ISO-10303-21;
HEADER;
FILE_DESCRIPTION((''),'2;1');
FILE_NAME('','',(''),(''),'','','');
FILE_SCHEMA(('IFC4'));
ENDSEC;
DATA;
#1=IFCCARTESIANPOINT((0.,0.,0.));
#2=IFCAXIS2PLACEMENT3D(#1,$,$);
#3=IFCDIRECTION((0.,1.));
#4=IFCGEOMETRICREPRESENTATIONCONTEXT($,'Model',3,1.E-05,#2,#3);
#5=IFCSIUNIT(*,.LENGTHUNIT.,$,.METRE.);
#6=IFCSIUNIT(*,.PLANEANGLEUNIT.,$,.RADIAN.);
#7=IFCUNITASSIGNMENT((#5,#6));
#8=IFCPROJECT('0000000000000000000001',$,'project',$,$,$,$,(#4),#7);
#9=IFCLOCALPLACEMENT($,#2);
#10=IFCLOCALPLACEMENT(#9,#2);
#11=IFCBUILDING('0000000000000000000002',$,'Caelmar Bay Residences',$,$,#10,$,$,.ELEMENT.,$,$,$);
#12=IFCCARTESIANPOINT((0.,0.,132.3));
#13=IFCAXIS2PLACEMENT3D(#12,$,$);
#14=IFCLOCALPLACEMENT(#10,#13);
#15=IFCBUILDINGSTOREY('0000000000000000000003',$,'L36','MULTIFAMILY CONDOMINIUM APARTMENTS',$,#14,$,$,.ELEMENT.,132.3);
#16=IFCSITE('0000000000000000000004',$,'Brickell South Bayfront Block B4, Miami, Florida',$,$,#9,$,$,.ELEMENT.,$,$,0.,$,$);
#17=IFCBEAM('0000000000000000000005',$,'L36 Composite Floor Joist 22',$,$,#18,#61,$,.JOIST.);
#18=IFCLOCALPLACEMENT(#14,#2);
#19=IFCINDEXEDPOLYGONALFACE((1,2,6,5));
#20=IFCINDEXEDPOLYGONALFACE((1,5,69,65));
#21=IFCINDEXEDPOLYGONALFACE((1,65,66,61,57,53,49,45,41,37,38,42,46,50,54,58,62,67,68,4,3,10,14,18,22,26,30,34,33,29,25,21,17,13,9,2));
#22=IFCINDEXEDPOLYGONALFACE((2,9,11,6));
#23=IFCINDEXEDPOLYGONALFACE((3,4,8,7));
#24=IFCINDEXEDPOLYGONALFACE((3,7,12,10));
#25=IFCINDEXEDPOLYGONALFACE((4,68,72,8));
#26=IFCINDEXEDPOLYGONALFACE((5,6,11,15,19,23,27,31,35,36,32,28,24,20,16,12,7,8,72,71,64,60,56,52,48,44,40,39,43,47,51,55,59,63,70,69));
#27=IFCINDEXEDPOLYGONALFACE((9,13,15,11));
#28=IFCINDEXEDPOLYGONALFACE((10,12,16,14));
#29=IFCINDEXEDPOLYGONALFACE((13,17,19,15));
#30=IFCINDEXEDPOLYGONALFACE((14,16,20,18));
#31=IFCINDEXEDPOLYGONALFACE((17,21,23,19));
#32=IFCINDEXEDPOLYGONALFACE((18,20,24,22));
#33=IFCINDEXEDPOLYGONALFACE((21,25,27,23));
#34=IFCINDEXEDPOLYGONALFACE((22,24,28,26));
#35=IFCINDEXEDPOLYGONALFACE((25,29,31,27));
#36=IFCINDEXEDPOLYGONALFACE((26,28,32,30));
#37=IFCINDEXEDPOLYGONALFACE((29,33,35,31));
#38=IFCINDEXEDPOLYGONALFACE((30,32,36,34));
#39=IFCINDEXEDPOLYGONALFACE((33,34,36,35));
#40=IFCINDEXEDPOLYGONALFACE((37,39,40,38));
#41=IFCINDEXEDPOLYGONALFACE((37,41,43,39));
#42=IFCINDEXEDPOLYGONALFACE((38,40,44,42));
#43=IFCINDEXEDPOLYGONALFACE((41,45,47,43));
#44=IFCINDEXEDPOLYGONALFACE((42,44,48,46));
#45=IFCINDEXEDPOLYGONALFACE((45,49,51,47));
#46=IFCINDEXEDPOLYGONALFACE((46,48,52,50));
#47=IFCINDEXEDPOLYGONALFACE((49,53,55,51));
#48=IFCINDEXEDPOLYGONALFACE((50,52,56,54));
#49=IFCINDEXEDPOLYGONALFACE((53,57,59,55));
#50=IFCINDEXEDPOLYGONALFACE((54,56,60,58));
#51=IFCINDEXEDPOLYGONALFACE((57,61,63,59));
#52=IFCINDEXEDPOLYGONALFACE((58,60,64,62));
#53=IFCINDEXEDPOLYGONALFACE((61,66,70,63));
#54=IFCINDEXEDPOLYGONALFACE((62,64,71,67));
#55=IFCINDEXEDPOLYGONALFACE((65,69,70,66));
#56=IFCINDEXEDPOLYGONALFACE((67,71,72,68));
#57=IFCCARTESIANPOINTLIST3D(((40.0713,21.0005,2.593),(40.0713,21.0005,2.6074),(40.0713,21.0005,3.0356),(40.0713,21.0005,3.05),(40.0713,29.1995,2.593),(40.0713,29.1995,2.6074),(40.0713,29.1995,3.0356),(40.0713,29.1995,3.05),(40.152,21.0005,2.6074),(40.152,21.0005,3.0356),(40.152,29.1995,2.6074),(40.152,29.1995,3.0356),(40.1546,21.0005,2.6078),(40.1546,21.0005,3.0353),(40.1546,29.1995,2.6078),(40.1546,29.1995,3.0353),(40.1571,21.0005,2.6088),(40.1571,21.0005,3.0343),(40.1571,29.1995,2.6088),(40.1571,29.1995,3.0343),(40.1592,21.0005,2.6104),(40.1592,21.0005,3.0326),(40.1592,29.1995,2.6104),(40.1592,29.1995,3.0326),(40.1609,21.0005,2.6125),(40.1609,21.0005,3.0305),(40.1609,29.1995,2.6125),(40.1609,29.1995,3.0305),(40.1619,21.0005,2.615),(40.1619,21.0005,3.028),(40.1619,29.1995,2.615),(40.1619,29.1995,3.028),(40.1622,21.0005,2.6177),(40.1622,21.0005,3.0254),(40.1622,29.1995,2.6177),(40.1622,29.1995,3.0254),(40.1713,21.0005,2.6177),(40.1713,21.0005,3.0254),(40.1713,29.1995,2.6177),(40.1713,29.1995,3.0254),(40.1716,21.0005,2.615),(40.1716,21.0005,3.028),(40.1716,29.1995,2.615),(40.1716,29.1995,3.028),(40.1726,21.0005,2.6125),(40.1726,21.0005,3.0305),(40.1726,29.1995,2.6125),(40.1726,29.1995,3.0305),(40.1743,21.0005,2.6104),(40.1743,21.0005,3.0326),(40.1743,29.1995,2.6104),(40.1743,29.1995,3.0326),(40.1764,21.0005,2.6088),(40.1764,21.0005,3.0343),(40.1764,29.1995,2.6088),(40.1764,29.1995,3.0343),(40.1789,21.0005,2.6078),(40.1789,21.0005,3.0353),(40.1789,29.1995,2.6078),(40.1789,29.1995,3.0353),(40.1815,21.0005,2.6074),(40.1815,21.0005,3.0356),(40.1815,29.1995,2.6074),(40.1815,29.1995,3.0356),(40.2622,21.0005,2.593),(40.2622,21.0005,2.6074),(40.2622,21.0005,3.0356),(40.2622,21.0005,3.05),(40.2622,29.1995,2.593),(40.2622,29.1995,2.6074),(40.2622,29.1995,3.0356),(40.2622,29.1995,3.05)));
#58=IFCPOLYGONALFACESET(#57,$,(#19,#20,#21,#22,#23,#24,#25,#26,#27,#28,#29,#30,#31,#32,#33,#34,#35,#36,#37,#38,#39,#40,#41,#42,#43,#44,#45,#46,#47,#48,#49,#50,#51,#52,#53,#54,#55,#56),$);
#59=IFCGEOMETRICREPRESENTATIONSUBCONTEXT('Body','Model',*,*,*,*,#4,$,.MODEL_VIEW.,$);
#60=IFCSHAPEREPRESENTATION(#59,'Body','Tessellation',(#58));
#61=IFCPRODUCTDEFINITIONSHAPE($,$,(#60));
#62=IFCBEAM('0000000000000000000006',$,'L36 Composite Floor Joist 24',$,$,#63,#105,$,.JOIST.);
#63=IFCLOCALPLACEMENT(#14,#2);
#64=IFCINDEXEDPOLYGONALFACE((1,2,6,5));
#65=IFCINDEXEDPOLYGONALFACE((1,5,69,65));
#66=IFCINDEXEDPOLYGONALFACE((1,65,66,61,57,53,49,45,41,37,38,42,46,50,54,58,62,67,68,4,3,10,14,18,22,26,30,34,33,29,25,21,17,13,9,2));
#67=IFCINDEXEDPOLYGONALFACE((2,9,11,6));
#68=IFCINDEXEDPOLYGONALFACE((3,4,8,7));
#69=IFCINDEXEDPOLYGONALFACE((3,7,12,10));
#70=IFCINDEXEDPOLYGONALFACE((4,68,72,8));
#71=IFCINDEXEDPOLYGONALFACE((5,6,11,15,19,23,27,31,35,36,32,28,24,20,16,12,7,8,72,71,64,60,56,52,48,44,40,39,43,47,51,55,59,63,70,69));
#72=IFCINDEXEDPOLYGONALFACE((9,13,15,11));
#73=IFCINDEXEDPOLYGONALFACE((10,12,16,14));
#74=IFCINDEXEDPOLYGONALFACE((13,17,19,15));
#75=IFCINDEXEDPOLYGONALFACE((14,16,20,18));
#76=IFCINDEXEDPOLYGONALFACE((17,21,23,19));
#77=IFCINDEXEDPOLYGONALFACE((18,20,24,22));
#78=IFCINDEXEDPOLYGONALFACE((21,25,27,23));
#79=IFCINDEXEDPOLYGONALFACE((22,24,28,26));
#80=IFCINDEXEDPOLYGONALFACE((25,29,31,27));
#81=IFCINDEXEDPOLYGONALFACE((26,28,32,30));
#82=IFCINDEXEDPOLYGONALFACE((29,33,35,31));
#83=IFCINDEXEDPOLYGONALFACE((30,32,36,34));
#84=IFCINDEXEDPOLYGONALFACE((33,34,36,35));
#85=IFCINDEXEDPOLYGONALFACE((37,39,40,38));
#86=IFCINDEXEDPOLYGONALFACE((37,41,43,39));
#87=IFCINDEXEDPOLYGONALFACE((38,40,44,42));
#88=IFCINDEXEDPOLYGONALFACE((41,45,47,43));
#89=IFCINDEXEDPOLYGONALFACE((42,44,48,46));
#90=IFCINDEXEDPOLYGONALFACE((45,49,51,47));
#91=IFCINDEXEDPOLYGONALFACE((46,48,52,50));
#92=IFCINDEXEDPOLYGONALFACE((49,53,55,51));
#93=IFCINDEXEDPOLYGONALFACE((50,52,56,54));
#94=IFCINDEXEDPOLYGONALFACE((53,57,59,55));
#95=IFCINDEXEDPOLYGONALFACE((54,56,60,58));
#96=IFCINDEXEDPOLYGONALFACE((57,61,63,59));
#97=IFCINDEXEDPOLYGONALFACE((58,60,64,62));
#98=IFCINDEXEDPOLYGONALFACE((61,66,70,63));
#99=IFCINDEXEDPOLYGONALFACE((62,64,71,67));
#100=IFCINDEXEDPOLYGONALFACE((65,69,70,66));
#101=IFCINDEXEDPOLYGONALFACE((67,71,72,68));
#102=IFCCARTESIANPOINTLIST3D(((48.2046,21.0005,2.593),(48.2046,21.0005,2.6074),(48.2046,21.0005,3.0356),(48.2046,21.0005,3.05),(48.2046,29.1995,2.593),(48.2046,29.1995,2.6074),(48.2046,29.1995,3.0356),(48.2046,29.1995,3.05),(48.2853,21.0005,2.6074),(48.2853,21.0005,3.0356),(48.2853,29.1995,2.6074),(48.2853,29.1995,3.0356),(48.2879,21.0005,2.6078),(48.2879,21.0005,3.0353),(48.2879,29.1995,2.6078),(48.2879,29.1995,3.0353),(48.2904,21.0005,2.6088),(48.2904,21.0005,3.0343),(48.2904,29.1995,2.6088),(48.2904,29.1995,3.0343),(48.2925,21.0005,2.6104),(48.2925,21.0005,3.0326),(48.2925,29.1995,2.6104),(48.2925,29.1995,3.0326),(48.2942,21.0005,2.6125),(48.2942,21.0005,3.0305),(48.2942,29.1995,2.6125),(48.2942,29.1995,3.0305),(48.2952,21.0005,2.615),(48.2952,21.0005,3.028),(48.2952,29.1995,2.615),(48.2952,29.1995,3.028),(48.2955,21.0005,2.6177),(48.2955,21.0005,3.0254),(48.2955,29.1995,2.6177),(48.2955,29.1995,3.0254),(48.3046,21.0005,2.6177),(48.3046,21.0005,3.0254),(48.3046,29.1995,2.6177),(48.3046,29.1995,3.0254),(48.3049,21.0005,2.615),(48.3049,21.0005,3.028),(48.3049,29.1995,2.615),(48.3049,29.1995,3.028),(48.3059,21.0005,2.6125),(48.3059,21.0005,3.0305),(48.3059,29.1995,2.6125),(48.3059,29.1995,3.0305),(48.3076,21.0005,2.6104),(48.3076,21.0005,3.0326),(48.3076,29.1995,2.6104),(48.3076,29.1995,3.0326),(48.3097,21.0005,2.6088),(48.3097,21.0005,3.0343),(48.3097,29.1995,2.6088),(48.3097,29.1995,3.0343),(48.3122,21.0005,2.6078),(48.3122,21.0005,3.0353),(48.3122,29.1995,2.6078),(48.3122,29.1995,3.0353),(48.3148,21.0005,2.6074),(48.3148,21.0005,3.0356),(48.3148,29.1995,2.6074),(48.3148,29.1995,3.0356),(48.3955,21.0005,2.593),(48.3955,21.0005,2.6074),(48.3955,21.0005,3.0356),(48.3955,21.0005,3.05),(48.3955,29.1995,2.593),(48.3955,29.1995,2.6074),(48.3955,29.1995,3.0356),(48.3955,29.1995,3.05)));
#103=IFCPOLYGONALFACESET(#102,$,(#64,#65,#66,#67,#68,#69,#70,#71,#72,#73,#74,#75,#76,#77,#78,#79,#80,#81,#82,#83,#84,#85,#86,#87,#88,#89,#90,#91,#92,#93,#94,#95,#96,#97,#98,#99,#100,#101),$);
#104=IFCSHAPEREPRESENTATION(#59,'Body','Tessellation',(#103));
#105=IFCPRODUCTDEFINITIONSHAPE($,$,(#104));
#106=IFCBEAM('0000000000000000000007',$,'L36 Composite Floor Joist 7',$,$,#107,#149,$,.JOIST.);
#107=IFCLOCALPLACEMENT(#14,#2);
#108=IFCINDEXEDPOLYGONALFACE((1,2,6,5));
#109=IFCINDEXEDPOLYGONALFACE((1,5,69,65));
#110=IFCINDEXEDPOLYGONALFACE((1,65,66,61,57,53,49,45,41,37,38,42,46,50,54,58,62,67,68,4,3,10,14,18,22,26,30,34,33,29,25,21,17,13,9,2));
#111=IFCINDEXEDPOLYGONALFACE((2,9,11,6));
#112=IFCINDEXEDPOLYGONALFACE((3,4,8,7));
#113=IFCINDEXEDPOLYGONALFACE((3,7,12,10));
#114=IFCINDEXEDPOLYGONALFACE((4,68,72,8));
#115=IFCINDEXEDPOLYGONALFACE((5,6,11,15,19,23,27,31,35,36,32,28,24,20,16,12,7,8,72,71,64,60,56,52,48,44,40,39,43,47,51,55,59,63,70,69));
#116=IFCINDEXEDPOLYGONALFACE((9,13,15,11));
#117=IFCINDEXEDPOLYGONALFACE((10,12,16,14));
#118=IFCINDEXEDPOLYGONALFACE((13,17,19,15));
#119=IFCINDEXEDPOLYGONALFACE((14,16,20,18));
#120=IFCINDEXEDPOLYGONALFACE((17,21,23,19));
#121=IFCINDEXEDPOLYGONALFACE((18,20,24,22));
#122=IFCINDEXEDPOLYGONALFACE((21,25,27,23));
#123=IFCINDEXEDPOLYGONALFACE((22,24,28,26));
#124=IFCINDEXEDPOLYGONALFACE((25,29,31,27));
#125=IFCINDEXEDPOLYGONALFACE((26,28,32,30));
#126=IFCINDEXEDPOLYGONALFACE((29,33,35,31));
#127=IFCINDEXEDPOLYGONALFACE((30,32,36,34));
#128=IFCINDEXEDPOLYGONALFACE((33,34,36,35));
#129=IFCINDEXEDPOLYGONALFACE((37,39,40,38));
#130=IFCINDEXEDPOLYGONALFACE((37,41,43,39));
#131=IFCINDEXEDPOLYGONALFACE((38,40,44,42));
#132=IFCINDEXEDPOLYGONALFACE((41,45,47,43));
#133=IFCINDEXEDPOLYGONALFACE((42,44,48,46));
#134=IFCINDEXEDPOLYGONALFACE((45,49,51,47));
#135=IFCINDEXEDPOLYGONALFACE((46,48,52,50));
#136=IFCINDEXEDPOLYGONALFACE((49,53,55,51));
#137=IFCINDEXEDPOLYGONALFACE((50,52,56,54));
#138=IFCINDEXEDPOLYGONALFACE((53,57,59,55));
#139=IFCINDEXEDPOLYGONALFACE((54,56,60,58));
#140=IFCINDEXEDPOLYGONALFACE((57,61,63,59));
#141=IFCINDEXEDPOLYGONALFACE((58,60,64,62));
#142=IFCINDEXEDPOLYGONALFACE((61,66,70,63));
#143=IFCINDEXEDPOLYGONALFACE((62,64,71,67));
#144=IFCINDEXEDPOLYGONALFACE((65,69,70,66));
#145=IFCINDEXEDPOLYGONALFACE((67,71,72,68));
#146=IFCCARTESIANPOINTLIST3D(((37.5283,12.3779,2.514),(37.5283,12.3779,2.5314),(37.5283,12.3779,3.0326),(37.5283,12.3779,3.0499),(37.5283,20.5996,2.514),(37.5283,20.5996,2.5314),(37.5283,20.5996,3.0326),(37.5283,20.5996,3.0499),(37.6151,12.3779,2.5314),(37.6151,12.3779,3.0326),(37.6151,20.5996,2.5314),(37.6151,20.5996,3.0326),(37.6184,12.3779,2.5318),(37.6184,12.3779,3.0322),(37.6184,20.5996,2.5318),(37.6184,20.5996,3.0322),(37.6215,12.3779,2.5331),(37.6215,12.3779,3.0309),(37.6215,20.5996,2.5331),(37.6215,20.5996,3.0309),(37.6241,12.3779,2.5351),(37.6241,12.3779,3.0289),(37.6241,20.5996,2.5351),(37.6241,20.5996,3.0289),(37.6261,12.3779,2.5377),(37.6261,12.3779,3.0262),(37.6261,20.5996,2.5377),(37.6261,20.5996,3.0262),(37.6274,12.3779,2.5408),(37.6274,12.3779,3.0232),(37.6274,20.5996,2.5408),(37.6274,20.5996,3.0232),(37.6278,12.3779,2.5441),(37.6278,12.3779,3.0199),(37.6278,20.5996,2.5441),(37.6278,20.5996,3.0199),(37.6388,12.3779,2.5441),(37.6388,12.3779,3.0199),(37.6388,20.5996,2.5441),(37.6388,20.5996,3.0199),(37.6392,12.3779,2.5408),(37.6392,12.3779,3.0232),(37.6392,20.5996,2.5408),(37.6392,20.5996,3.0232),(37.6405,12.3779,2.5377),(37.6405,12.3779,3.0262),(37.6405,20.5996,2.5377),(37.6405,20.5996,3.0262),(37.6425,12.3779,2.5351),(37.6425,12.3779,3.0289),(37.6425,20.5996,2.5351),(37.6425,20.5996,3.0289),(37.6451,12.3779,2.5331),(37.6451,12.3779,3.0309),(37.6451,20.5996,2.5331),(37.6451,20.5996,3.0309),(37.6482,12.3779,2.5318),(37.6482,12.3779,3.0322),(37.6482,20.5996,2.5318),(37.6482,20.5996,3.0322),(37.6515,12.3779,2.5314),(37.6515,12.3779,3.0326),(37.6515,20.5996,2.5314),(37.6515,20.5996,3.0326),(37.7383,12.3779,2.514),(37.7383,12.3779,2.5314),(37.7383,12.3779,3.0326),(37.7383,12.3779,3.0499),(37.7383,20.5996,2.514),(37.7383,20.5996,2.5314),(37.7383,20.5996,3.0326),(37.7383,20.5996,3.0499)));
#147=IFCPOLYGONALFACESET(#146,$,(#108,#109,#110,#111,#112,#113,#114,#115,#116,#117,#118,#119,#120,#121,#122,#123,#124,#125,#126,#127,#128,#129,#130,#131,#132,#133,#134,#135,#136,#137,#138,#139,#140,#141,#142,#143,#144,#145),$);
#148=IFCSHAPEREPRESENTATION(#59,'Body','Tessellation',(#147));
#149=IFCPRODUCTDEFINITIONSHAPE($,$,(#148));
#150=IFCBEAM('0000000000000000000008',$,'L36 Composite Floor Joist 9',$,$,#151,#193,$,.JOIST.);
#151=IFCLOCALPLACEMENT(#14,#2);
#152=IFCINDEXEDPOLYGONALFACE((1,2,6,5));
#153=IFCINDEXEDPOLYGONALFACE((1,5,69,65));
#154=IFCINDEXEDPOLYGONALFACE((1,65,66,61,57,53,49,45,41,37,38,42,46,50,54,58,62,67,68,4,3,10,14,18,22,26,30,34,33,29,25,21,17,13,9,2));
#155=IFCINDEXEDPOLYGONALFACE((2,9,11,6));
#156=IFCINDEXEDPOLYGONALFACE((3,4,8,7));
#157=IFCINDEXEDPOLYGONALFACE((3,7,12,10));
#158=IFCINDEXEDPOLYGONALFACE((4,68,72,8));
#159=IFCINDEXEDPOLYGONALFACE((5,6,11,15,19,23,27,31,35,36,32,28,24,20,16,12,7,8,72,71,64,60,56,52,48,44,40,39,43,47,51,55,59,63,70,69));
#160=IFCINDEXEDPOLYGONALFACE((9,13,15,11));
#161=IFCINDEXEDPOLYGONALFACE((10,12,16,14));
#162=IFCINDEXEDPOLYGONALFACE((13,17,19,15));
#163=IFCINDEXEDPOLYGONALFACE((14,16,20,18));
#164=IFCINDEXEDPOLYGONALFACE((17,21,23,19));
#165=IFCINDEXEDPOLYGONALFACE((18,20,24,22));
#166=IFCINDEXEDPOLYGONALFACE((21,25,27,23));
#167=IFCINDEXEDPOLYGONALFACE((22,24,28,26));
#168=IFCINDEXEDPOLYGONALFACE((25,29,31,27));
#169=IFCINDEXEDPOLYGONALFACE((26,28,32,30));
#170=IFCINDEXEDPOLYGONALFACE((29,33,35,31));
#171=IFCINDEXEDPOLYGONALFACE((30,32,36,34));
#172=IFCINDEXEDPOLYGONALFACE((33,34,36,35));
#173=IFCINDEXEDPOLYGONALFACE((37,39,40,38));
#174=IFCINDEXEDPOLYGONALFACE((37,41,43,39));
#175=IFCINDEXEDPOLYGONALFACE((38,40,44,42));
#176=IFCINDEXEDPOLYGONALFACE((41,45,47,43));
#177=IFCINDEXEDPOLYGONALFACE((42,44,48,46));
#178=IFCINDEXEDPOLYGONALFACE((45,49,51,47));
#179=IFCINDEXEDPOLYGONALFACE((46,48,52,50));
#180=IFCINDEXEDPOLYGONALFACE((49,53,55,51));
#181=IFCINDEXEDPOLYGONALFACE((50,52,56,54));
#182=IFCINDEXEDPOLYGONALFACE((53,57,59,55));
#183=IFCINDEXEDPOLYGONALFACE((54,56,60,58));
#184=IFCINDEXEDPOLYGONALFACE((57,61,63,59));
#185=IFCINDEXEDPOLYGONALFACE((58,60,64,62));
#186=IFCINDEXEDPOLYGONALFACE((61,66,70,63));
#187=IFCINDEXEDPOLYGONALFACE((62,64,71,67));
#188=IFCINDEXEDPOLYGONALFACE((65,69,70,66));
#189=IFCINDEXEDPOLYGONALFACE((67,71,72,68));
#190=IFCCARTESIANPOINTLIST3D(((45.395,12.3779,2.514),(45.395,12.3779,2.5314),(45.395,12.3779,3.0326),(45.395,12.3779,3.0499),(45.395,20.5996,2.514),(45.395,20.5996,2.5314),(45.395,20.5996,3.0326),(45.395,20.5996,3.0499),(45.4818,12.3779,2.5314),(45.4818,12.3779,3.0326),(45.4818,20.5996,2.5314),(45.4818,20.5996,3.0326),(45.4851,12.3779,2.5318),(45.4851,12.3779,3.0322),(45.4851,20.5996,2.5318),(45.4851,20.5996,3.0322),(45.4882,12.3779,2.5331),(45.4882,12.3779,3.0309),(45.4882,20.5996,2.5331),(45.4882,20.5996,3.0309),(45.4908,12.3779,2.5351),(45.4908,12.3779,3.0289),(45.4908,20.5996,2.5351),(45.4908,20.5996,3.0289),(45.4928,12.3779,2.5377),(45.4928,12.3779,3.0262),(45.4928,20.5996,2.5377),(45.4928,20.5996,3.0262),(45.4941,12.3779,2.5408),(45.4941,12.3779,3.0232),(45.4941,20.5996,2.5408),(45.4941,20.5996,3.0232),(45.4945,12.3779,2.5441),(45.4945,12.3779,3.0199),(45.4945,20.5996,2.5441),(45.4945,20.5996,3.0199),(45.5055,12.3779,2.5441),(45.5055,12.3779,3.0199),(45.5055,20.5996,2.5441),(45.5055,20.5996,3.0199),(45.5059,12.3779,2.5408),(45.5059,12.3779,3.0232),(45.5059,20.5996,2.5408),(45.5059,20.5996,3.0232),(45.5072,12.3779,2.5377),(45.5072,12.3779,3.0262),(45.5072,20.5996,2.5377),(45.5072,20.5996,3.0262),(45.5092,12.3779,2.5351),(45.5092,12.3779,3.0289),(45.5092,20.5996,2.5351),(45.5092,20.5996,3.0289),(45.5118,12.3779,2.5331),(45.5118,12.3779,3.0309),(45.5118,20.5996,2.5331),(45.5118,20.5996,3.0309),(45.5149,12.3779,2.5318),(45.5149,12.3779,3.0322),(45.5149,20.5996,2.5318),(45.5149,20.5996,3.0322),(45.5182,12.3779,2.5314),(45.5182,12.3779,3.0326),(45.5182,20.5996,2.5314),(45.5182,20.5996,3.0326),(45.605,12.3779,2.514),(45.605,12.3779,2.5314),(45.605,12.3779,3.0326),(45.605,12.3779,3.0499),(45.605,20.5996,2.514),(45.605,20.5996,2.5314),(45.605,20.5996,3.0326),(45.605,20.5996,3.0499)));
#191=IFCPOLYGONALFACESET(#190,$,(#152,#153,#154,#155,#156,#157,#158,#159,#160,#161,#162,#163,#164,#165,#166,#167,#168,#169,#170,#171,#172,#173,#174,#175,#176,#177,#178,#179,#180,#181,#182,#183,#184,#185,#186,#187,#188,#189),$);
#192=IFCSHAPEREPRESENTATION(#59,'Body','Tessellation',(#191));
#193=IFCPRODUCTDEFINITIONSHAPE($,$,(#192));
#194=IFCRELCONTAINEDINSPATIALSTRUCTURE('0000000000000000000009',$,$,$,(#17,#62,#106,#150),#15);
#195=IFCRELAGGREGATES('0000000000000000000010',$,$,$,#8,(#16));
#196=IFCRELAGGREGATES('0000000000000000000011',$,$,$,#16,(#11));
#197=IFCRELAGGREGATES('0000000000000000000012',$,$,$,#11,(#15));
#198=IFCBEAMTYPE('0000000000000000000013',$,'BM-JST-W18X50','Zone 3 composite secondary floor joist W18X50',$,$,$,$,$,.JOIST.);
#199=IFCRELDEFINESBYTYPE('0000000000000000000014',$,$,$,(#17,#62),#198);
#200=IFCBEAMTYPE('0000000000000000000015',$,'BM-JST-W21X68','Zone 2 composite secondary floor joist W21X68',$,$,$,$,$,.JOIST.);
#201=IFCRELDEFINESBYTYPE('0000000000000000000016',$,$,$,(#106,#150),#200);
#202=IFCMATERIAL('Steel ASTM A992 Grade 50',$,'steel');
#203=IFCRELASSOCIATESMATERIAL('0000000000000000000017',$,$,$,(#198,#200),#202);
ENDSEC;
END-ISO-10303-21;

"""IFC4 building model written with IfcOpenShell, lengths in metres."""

from ifc_helpers import new_model, si_unit, direction, frame, origin, origin_2d, place, context, subcontext, project, spatial, i_section, extrude, material, material_profile, profile_set, type_object, element, save


model = new_model("IFC4")

# Units and contexts
model_context = context("Model", 3, precision=1e-05, world=origin(), true_north=direction((0.0, 1.0)))
body_context = subcontext(model_context, "Body", "Model", "MODEL_VIEW")
ifc_project = project(units=[si_unit("LENGTHUNIT", "METRE"), si_unit("PLANEANGLEUNIT", "RADIAN")], contexts=[model_context])

# Site, building, storey
site_placement = place(None, origin())
site = spatial("IfcSite", under=ifc_project, at=site_placement, Name="Brickell South Bayfront Block B4, Miami, Florida", CompositionType="ELEMENT", RefElevation=0.0)
building_placement = place(site_placement, origin())
building = spatial("IfcBuilding", under=site, at=building_placement, Name="Caelmar Bay Residences", CompositionType="ELEMENT")
storey_placement = place(building_placement, frame((0.0, 0.0, 132.3)))
storey = spatial("IfcBuildingStorey", under=building, at=storey_placement, Name="L36", Description="MULTIFAMILY CONDOMINIUM APARTMENTS", CompositionType="ELEMENT", Elevation=132.3)

# Beams
ifc_material_1 = material(Name="Steel ASTM A992 Grade 50", Category="steel")
ifc_material_profile_1 = material_profile(ifc_material_1, i_section(OverallWidth=0.1909, OverallDepth=0.457, WebThickness=0.009, FlangeThickness=0.0144, FilletRadius=0.0103, at=origin_2d()), Name="W18X50")
ifc_profile_set_1 = profile_set([ifc_material_profile_1], Name="Steel ASTM A992 Grade 50")
beam_type_1 = type_object("IfcBeamType", Name="BM-JST-W18X50", Description="Zone 3 composite secondary floor joist W18X50", PredefinedType="JOIST", material=ifc_profile_set_1)
for number, where, z_axis, x_axis, name in (
    (1, (40.1667, 21.0005, 2.8215), (0.0, 1.0, 0.0), (-1.0, 0.0, 0.0), "L36 Composite Floor Joist 22"),
    (2, (48.3, 21.0005, 2.8215), (0.0, 1.0, 0.0), (-1.0, 0.0, 0.0), "L36 Composite Floor Joist 24"),
):
    element("IfcBeam", number, at=place(storey_placement, frame(where, z_axis=z_axis, x_axis=x_axis)), inside=storey, type_object=beam_type_1, Name=name, PredefinedType="JOIST", context=body_context, shape_type="SweptSolid", body=[
        extrude(i_section(OverallWidth=0.1909, OverallDepth=0.457, WebThickness=0.009, FlangeThickness=0.0144, FilletRadius=0.0103, at=origin_2d()), origin(), (0.0, 0.0, 1.0), 8.199),
    ])
ifc_material_profile_2 = material_profile(ifc_material_1, i_section(OverallWidth=0.21, OverallDepth=0.5359, WebThickness=0.011, FlangeThickness=0.0173, FilletRadius=0.0127, at=origin_2d()), Name="W21X68")
ifc_profile_set_2 = profile_set([ifc_material_profile_2], Name="Steel ASTM A992 Grade 50")
beam_type_2 = type_object("IfcBeamType", Name="BM-JST-W21X68", Description="Zone 2 composite secondary floor joist W21X68", PredefinedType="JOIST", material=ifc_profile_set_2)
for number, where, z_axis, x_axis, name in (
    (3, (37.6333, 12.3779, 2.782), (0.0, 1.0, 0.0), (-1.0, 0.0, 0.0), "L36 Composite Floor Joist 7"),
    (4, (45.5, 12.3779, 2.782), (0.0, 1.0, 0.0), (-1.0, 0.0, 0.0), "L36 Composite Floor Joist 9"),
):
    element("IfcBeam", number, at=place(storey_placement, frame(where, z_axis=z_axis, x_axis=x_axis)), inside=storey, type_object=beam_type_2, Name=name, PredefinedType="JOIST", context=body_context, shape_type="SweptSolid", body=[
        extrude(i_section(OverallWidth=0.21, OverallDepth=0.5359, WebThickness=0.011, FlangeThickness=0.0173, FilletRadius=0.0127, at=origin_2d()), origin(), (0.0, 0.0, 1.0), 8.2217),
    ])

save(model, "model.ifc")
